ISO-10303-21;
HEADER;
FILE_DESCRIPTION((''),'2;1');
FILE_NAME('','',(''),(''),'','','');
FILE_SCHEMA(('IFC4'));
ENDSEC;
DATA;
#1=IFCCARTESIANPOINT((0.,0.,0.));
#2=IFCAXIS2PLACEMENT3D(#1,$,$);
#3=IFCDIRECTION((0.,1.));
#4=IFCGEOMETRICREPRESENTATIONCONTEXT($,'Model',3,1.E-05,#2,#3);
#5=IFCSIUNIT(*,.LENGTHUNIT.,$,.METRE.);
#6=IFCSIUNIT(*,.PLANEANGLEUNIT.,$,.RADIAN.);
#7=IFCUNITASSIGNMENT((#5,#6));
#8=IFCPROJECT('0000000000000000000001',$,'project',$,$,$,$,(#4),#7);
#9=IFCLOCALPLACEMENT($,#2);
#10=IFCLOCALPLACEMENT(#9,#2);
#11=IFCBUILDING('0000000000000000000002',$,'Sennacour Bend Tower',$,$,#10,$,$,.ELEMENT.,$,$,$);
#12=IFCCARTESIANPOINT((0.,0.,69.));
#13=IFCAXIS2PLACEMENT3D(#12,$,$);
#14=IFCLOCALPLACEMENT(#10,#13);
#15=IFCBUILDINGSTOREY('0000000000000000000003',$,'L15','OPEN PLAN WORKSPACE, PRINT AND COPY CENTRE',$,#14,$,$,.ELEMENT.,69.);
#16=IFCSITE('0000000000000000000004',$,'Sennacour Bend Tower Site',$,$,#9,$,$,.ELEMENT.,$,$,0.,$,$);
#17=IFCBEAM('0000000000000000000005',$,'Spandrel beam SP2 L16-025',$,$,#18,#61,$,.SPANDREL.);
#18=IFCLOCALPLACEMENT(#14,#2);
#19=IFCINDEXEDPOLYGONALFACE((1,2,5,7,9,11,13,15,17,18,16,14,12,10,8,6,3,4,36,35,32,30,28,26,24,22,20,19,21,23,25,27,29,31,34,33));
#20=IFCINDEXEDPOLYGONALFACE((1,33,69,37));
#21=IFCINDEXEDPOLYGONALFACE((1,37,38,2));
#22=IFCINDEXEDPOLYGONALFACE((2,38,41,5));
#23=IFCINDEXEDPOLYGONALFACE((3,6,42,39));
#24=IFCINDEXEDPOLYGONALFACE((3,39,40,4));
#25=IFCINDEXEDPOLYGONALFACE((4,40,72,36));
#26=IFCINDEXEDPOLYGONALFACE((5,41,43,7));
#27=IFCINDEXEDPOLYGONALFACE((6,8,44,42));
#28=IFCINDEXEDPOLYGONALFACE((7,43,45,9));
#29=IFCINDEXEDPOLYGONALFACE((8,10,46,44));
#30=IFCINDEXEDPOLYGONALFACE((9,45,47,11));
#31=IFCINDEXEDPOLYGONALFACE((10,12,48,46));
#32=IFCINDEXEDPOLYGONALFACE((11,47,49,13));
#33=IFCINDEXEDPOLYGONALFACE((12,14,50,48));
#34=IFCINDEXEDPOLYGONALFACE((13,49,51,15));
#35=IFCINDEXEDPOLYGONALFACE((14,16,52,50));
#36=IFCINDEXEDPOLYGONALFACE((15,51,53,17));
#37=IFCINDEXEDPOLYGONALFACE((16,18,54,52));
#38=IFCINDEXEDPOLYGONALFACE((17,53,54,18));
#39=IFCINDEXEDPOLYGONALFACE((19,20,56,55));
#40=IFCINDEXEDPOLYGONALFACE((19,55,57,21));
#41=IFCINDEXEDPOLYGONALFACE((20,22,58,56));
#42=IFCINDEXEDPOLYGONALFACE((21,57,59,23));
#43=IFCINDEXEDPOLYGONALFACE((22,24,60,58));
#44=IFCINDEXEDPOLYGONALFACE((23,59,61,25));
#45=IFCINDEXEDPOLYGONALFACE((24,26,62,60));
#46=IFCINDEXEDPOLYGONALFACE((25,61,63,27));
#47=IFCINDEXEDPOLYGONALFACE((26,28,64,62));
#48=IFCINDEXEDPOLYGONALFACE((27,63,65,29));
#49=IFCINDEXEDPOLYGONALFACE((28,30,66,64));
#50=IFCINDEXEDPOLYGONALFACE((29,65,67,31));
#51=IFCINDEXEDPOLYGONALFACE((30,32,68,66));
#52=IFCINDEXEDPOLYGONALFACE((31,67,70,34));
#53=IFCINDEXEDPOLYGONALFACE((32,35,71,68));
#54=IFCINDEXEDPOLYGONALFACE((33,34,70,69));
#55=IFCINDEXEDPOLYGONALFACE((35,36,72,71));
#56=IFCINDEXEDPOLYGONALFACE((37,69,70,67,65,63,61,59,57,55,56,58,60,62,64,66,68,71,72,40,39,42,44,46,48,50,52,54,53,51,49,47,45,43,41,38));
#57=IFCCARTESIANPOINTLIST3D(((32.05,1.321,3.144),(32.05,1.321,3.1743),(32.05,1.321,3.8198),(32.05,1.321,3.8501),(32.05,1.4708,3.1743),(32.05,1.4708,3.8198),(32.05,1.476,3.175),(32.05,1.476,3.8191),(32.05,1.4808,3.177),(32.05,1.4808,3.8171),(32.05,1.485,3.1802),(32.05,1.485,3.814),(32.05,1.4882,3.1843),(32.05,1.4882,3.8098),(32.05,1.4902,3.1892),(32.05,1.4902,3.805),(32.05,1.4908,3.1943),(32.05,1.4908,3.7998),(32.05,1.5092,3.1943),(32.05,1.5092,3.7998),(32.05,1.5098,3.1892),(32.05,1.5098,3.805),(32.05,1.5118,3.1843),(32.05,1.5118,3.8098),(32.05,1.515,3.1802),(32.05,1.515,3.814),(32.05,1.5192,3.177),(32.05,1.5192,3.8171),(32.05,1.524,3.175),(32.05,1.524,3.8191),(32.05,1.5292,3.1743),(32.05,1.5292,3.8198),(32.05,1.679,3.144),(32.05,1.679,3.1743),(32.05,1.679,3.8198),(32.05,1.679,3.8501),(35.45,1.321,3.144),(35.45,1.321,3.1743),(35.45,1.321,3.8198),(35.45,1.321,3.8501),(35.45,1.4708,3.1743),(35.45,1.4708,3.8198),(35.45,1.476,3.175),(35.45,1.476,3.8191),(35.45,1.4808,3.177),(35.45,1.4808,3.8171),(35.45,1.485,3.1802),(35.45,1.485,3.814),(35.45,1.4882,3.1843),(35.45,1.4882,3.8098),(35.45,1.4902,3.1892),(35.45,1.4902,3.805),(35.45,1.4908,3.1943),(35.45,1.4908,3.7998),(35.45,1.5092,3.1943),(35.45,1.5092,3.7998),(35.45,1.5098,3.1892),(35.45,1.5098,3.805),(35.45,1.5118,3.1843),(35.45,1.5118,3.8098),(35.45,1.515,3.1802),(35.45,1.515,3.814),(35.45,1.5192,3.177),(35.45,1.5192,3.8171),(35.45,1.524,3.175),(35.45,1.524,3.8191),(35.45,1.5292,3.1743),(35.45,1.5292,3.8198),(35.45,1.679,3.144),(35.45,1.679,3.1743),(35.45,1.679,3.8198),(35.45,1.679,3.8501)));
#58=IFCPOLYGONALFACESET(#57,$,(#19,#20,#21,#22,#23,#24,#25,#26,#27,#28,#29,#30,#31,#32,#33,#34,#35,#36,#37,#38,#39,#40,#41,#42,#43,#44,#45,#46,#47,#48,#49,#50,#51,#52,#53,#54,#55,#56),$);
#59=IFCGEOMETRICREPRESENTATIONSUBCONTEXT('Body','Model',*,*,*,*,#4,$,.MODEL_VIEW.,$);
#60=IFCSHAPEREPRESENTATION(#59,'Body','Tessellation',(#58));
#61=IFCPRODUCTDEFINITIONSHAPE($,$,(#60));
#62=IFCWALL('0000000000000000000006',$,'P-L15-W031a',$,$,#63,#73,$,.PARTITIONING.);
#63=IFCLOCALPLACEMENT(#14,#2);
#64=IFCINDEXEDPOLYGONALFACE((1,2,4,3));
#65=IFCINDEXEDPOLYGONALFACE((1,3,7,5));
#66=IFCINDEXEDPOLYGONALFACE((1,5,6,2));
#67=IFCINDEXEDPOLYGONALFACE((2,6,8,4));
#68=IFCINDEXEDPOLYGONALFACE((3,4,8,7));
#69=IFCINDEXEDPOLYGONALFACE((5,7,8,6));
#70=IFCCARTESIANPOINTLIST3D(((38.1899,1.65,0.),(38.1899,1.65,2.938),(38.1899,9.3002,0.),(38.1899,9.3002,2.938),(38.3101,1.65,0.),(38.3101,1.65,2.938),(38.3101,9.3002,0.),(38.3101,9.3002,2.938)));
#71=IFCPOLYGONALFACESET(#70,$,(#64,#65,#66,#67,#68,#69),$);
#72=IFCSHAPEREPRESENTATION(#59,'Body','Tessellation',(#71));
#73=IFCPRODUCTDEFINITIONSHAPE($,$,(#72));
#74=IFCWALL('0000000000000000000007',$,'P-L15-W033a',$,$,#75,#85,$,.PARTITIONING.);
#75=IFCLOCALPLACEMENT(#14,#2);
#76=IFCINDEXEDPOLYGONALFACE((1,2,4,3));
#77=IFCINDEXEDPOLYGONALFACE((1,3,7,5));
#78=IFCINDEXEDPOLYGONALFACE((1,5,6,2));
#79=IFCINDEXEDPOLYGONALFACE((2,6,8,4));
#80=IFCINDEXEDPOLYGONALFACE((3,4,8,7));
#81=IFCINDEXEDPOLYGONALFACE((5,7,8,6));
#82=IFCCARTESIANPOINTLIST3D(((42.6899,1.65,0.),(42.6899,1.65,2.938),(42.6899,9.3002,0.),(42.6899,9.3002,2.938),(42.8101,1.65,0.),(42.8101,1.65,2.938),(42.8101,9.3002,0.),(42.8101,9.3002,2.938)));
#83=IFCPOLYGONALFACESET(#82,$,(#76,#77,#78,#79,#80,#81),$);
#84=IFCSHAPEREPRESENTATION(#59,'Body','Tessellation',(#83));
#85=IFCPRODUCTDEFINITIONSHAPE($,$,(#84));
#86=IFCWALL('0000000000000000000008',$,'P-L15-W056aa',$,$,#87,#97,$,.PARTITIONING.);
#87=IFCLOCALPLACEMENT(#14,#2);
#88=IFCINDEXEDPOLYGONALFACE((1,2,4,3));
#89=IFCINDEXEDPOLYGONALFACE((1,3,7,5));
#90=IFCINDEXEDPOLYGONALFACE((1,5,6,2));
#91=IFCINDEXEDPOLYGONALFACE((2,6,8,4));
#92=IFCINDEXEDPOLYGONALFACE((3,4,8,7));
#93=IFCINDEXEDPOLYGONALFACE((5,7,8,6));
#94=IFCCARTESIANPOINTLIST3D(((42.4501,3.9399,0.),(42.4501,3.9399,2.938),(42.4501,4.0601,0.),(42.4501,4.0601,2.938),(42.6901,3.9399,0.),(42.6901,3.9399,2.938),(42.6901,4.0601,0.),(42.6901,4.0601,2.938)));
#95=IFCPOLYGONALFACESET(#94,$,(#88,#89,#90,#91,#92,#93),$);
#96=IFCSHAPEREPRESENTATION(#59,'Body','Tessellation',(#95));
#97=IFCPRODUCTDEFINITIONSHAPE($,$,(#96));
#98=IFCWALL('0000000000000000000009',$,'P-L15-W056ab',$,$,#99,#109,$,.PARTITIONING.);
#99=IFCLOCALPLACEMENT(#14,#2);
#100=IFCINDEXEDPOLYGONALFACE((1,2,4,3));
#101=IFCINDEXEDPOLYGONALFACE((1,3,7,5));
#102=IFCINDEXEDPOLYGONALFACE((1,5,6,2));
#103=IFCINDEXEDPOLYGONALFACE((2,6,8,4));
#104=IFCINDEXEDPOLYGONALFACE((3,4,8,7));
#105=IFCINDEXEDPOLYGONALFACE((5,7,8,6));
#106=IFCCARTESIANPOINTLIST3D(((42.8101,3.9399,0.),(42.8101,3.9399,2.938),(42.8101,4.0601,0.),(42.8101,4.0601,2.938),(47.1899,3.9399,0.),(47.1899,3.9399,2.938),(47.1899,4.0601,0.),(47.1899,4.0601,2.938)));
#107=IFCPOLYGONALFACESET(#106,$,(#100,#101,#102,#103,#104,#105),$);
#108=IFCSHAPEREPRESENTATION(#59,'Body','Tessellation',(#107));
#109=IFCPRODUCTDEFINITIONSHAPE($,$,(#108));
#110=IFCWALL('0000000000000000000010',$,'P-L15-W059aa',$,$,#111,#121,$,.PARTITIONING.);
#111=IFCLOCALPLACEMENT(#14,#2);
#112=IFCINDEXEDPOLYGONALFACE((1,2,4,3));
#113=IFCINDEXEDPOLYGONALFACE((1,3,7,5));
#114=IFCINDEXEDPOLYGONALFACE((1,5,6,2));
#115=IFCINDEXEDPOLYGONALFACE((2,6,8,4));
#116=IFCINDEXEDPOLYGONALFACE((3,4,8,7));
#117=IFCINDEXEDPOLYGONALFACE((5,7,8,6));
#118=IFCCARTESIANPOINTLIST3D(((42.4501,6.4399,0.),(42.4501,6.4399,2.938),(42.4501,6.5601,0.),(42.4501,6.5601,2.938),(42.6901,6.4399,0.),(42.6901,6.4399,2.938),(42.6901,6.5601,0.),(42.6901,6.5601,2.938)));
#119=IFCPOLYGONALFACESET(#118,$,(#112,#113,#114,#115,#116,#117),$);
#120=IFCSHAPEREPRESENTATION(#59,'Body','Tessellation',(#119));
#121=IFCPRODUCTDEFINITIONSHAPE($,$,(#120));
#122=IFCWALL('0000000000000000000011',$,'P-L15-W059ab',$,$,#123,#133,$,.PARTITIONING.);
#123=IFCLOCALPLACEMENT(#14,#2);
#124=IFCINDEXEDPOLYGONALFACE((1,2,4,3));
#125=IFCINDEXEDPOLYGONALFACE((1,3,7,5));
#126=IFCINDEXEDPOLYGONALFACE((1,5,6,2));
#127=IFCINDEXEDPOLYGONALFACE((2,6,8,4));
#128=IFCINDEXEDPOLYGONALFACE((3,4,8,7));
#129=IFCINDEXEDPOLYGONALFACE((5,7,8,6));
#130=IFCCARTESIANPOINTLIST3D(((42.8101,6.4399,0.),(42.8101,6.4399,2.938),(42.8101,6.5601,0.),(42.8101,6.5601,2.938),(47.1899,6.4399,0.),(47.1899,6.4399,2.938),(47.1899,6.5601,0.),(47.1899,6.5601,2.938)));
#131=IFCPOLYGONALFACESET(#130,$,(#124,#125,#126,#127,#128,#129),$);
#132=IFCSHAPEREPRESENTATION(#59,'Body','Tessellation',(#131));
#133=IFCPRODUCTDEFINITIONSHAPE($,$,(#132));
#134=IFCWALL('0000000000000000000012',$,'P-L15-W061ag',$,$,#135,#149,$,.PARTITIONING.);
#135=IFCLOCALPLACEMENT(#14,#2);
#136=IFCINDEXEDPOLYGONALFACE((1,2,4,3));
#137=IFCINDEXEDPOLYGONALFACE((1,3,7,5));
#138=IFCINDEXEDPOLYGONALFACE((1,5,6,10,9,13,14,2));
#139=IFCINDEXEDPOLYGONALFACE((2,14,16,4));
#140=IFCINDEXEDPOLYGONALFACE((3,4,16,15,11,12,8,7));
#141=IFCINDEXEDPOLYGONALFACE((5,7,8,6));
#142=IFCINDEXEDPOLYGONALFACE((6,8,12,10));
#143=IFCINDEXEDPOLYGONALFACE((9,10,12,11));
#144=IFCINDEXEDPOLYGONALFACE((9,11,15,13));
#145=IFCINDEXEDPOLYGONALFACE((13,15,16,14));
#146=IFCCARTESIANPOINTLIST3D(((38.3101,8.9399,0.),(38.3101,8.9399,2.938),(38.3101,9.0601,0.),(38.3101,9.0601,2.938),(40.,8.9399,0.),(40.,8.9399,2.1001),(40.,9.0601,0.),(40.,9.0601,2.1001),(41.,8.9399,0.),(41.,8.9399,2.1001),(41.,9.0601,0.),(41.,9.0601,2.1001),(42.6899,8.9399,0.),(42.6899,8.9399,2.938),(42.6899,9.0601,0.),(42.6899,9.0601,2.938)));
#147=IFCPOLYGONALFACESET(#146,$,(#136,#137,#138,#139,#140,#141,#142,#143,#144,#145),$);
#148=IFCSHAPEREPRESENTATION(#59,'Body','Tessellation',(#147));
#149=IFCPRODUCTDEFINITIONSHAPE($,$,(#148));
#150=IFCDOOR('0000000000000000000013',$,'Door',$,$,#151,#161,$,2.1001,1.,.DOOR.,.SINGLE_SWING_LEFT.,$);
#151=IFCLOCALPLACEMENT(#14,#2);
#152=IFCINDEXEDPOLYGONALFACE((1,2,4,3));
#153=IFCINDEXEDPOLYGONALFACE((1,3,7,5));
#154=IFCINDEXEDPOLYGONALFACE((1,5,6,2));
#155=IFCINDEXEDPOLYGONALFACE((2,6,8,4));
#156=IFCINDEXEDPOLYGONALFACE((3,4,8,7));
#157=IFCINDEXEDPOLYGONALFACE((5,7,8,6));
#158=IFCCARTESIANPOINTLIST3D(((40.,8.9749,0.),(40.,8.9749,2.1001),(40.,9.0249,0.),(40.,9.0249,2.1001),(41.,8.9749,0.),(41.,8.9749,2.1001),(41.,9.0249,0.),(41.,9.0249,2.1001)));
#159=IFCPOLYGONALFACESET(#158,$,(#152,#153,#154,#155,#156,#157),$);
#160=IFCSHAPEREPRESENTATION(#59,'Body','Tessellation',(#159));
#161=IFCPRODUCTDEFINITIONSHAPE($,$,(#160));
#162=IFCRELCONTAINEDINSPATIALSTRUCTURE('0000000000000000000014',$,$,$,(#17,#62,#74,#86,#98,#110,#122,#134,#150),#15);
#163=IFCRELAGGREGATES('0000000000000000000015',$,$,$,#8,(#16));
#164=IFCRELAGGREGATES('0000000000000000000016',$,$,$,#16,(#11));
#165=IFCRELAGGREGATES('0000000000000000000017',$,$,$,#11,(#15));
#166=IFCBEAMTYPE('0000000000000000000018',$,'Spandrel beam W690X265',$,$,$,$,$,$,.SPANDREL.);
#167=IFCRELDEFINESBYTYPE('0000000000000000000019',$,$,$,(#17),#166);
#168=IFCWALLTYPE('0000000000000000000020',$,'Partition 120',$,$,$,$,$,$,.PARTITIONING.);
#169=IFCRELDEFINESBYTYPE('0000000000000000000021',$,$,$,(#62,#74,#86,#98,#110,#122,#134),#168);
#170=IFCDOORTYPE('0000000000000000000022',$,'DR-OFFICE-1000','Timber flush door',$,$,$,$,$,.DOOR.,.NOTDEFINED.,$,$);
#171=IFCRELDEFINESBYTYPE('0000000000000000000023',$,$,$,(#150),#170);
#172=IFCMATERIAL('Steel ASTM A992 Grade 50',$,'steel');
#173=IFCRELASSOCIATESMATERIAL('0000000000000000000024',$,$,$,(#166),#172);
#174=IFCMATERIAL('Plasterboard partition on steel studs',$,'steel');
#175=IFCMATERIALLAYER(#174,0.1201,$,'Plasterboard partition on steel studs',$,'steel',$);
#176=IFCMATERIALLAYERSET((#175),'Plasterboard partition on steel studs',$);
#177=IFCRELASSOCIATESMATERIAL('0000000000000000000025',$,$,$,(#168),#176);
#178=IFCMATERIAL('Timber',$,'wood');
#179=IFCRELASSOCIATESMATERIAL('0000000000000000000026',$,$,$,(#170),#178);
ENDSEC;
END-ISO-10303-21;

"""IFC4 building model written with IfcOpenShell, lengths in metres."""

from ifc_helpers import new_model, si_unit, direction, frame, frame_2d, origin, origin_2d, place, context, subcontext, project, spatial, rectangle, i_section, extrude, material, layer, layer_set, material_profile, profile_set, type_object, element, fill, save


model = new_model("IFC4")

# Units and contexts
model_context = context("Model", 3, precision=1e-05, world=origin(), true_north=direction((0.0, 1.0)))
body_context = subcontext(model_context, "Body", "Model", "MODEL_VIEW")
ifc_project = project(units=[si_unit("LENGTHUNIT", "METRE"), si_unit("PLANEANGLEUNIT", "RADIAN")], contexts=[model_context])

# Site, building, storey
site_placement = place(None, origin())
site = spatial("IfcSite", under=ifc_project, at=site_placement, Name="Sennacour Bend Tower Site", CompositionType="ELEMENT", RefElevation=0.0)
building_placement = place(site_placement, origin())
building = spatial("IfcBuilding", under=site, at=building_placement, Name="Sennacour Bend Tower", CompositionType="ELEMENT")
storey_placement = place(building_placement, frame((0.0, 0.0, 69.0)))
storey = spatial("IfcBuildingStorey", under=building, at=storey_placement, Name="L15", Description="OPEN PLAN WORKSPACE, PRINT AND COPY CENTRE", CompositionType="ELEMENT", Elevation=69.0)

# Beam
ifc_material_1 = material(Name="Steel ASTM A992 Grade 50", Category="steel")
ifc_material_profile_1 = material_profile(ifc_material_1, i_section(OverallWidth=0.3579, OverallDepth=0.7061, WebThickness=0.0183, FlangeThickness=0.0303, FilletRadius=0.02, at=origin_2d()), Name="Steel ASTM A992 Grade 50", Category="steel")
ifc_profile_set_1 = profile_set([ifc_material_profile_1], Name="Steel ASTM A992 Grade 50")
beam_type_1 = type_object("IfcBeamType", Name="Spandrel beam W690X265", PredefinedType="SPANDREL", material=ifc_profile_set_1)
for number, where, z_axis, x_axis, name in (
    (1, (35.45, 1.5, 3.4971), (-1.0, 0.0, 0.0), (0.0, -1.0, 0.0), "Spandrel beam SP2 L16-025"),
):
    element("IfcBeam", number, at=place(storey_placement, frame(where, z_axis=z_axis, x_axis=x_axis)), inside=storey, type_object=beam_type_1, Name=name, PredefinedType="SPANDREL", context=body_context, shape_type="SweptSolid", body=[
        extrude(i_section(OverallWidth=0.3579, OverallDepth=0.7061, WebThickness=0.0183, FlangeThickness=0.0303, FilletRadius=0.02, at=origin_2d()), origin(), (0.0, 0.0, 1.0), 3.3999),
    ])

# Walls
ifc_material_2 = material(Name="Plasterboard partition on steel studs", Category="steel")
ifc_layer_1 = layer(ifc_material_2, 0.1201, Name="Plasterboard partition on steel studs", Category="steel")
ifc_layer_set_1 = layer_set([ifc_layer_1], Name="Plasterboard partition on steel studs")
wall_type_1 = type_object("IfcWallType", Name="Partition 120", PredefinedType="PARTITIONING", material=ifc_layer_set_1)
for number, where, z_axis, x_axis, name in (
    (2, (38.25, 1.6499, 0.0), (0.0, 0.0, 1.0), (0.0, 1.0, 0.0), "P-L15-W031a"),
    (3, (42.75, 1.6499, 0.0), (0.0, 0.0, 1.0), (0.0, 1.0, 0.0), "P-L15-W033a"),
):
    element("IfcWall", number, at=place(storey_placement, frame(where, z_axis=z_axis, x_axis=x_axis)), inside=storey, type_object=wall_type_1, Name=name, PredefinedType="PARTITIONING", context=body_context, shape_type="SweptSolid", body=[
        extrude(rectangle(XDim=7.6501, YDim=0.1201, at=frame_2d((3.8252, 0.0))), origin(), (0.0, 0.0, 1.0), 2.938),
    ])
wall_1_placement = place(storey_placement, frame((42.45, 4.0, 0.0), z_axis=(0.0, 0.0, 1.0), x_axis=(1.0, 0.0, 0.0)))
element("IfcWall", 4, at=wall_1_placement, inside=storey, type_object=wall_type_1, Name="P-L15-W056aa", PredefinedType="PARTITIONING", context=body_context, shape_type="SweptSolid", body=[
    extrude(rectangle(XDim=0.24, YDim=0.1201, at=frame_2d((0.1201, 0.0))), origin(), (0.0, 0.0, 1.0), 2.938),
])
wall_2_placement = place(storey_placement, frame((42.8101, 4.0, 0.0), z_axis=(0.0, 0.0, 1.0), x_axis=(1.0, 0.0, 0.0)))
element("IfcWall", 5, at=wall_2_placement, inside=storey, type_object=wall_type_1, Name="P-L15-W056ab", PredefinedType="PARTITIONING", context=body_context, shape_type="SweptSolid", body=[
    extrude(rectangle(XDim=4.3799, YDim=0.1201, at=frame_2d((2.1899, 0.0))), origin(), (0.0, 0.0, 1.0), 2.938),
])
wall_3_placement = place(storey_placement, frame((42.45, 6.5, 0.0), z_axis=(0.0, 0.0, 1.0), x_axis=(1.0, 0.0, 0.0)))
element("IfcWall", 6, at=wall_3_placement, inside=storey, type_object=wall_type_1, Name="P-L15-W059aa", PredefinedType="PARTITIONING", context=body_context, shape_type="SweptSolid", body=[
    extrude(rectangle(XDim=0.24, YDim=0.1201, at=frame_2d((0.1201, 0.0))), origin(), (0.0, 0.0, 1.0), 2.938),
])
wall_4_placement = place(storey_placement, frame((42.8101, 6.5, 0.0), z_axis=(0.0, 0.0, 1.0), x_axis=(1.0, 0.0, 0.0)))
element("IfcWall", 7, at=wall_4_placement, inside=storey, type_object=wall_type_1, Name="P-L15-W059ab", PredefinedType="PARTITIONING", context=body_context, shape_type="SweptSolid", body=[
    extrude(rectangle(XDim=4.3799, YDim=0.1201, at=frame_2d((2.1899, 0.0))), origin(), (0.0, 0.0, 1.0), 2.938),
])

# Wall, opening, door
wall_5_placement = place(storey_placement, frame((38.3101, 9.0, 0.0), z_axis=(0.0, 0.0, 1.0), x_axis=(1.0, 0.0, 0.0)))
wall_5 = element("IfcWall", 8, at=wall_5_placement, inside=storey, type_object=wall_type_1, Name="P-L15-W061ag", PredefinedType="PARTITIONING", context=body_context, shape_type="SweptSolid", body=[
    extrude(rectangle(XDim=4.3799, YDim=0.1201, at=frame_2d((2.1899, 0.0))), origin(), (0.0, 0.0, 1.0), 2.938),
])
opening_1_placement = place(wall_5_placement, frame((1.6899, 0.0, 0.0)))
opening_1 = element("IfcOpeningElement", 9, at=opening_1_placement, cuts=wall_5, PredefinedType="OPENING", context=body_context, shape_type="SweptSolid", body=[
    extrude(rectangle(XDim=1.0, YDim=2.1001, at=frame_2d((0.5, 1.05))), frame((0.0, 0.0701, 0.0), z_axis=(0.0, -1.0, 0.0), x_axis=(1.0, 0.0, 0.0)), (0.0, 0.0, 1.0), 0.1401),
])
ifc_material_3 = material(Name="Timber", Category="wood")
door_type_1 = type_object("IfcDoorType", Name="DR-OFFICE-1000", Description="Timber flush door", OperationType="NOTDEFINED", PredefinedType="DOOR", material=ifc_material_3)
door_1_placement = place(opening_1_placement, origin())
door_1 = element("IfcDoor", 10, at=door_1_placement, inside=storey, type_object=door_type_1, Name="Door", OperationType="SINGLE_SWING_LEFT", OverallHeight=2.1001, OverallWidth=1.0, PredefinedType="DOOR", context=body_context, shape_type="SweptSolid", body=[
    extrude(rectangle(XDim=1.0, YDim=2.1001, at=frame_2d((0.5, 1.05))), frame((0.0, 0.0249, 0.0), z_axis=(0.0, -1.0, 0.0), x_axis=(1.0, 0.0, 0.0)), (0.0, 0.0, 1.0), 0.05),
])
fill(opening_1, door_1)

save(model, "model.ifc")
